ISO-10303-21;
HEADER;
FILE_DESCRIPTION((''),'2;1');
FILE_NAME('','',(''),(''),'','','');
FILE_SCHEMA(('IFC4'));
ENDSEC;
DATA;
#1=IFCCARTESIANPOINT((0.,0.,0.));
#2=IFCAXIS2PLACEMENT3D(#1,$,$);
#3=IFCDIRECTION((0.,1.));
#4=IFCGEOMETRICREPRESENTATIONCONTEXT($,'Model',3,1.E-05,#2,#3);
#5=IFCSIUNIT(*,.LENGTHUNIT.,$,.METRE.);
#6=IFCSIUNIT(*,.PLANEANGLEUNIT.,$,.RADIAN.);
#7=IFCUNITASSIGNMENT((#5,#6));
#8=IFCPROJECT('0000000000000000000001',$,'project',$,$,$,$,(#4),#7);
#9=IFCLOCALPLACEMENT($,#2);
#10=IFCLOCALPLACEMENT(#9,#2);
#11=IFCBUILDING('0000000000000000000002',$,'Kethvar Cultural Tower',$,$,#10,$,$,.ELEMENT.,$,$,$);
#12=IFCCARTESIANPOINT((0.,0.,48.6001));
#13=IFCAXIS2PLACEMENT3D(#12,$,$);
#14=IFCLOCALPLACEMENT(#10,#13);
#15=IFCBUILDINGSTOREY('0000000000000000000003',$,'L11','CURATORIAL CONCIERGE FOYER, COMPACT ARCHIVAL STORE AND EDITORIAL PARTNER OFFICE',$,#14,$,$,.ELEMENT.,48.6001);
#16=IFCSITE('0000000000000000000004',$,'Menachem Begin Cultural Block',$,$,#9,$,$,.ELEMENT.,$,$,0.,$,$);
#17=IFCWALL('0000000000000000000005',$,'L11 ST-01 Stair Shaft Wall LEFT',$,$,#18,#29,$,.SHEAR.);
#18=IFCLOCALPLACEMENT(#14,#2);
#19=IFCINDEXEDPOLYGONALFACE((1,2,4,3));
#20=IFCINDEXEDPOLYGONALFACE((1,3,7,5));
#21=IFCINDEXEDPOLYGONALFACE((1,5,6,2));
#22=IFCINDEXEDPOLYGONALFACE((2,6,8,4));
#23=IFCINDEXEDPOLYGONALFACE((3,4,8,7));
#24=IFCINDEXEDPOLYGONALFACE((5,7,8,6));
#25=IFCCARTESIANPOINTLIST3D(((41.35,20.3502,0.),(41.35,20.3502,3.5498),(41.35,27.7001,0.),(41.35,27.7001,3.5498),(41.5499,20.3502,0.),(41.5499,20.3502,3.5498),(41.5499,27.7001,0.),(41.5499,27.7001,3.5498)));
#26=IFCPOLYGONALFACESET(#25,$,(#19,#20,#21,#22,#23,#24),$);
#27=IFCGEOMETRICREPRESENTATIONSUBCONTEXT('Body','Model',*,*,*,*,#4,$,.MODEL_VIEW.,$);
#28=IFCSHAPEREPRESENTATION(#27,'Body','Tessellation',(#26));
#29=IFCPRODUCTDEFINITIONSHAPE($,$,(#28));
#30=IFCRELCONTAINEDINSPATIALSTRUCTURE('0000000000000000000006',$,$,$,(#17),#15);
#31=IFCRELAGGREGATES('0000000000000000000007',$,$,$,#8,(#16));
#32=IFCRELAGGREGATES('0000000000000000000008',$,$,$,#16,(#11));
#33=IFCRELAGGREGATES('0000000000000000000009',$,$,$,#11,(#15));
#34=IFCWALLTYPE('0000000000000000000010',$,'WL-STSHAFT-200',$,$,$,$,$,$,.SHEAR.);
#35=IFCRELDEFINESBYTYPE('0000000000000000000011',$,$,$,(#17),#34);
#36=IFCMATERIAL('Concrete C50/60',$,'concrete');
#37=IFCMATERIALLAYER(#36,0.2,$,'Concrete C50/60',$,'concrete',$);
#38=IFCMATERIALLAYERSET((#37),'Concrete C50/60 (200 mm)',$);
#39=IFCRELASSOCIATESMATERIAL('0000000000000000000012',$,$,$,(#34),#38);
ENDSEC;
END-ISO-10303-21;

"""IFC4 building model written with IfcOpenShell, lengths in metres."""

from ifc_helpers import new_model, si_unit, direction, frame, frame_2d, origin, place, context, subcontext, project, spatial, rectangle, extrude, material, layer, layer_set, type_object, element, save


model = new_model("IFC4")

# Units and contexts
model_context = context("Model", 3, precision=1e-05, world=origin(), true_north=direction((0.0, 1.0)))
body_context = subcontext(model_context, "Body", "Model", "MODEL_VIEW")
ifc_project = project(units=[si_unit("LENGTHUNIT", "METRE"), si_unit("PLANEANGLEUNIT", "RADIAN")], contexts=[model_context])

# Site, building, storey
site_placement = place(None, origin())
site = spatial("IfcSite", under=ifc_project, at=site_placement, Name="Menachem Begin Cultural Block", CompositionType="ELEMENT", RefElevation=0.0)
building_placement = place(site_placement, origin())
building = spatial("IfcBuilding", under=site, at=building_placement, Name="Kethvar Cultural Tower", CompositionType="ELEMENT")
storey_placement = place(building_placement, frame((0.0, 0.0, 48.6001)))
storey = spatial("IfcBuildingStorey", under=building, at=storey_placement, Name="L11", Description="CURATORIAL CONCIERGE FOYER, COMPACT ARCHIVAL STORE AND EDITORIAL PARTNER OFFICE", CompositionType="ELEMENT", Elevation=48.6001)

# Wall
ifc_material_1 = material(Name="Concrete C50/60", Category="concrete")
ifc_layer_1 = layer(ifc_material_1, 0.2, Name="Concrete C50/60", Category="concrete")
ifc_layer_set_1 = layer_set([ifc_layer_1], Name="Concrete C50/60 (200 mm)")
wall_type_1 = type_object("IfcWallType", Name="WL-STSHAFT-200", PredefinedType="SHEAR", material=ifc_layer_set_1)
wall_1_placement = place(storey_placement, frame((41.45, 27.7, 0.0), z_axis=(0.0, 0.0, 1.0), x_axis=(0.0, -1.0, 0.0)))
element("IfcWall", 1, at=wall_1_placement, inside=storey, type_object=wall_type_1, Name="L11 ST-01 Stair Shaft Wall LEFT", PredefinedType="SHEAR", context=body_context, shape_type="SweptSolid", body=[
    extrude(rectangle(XDim=7.3499, YDim=0.2, at=frame_2d((3.6748, 0.0))), origin(), (0.0, 0.0, 1.0), 3.5498),
])

save(model, "model.ifc")
